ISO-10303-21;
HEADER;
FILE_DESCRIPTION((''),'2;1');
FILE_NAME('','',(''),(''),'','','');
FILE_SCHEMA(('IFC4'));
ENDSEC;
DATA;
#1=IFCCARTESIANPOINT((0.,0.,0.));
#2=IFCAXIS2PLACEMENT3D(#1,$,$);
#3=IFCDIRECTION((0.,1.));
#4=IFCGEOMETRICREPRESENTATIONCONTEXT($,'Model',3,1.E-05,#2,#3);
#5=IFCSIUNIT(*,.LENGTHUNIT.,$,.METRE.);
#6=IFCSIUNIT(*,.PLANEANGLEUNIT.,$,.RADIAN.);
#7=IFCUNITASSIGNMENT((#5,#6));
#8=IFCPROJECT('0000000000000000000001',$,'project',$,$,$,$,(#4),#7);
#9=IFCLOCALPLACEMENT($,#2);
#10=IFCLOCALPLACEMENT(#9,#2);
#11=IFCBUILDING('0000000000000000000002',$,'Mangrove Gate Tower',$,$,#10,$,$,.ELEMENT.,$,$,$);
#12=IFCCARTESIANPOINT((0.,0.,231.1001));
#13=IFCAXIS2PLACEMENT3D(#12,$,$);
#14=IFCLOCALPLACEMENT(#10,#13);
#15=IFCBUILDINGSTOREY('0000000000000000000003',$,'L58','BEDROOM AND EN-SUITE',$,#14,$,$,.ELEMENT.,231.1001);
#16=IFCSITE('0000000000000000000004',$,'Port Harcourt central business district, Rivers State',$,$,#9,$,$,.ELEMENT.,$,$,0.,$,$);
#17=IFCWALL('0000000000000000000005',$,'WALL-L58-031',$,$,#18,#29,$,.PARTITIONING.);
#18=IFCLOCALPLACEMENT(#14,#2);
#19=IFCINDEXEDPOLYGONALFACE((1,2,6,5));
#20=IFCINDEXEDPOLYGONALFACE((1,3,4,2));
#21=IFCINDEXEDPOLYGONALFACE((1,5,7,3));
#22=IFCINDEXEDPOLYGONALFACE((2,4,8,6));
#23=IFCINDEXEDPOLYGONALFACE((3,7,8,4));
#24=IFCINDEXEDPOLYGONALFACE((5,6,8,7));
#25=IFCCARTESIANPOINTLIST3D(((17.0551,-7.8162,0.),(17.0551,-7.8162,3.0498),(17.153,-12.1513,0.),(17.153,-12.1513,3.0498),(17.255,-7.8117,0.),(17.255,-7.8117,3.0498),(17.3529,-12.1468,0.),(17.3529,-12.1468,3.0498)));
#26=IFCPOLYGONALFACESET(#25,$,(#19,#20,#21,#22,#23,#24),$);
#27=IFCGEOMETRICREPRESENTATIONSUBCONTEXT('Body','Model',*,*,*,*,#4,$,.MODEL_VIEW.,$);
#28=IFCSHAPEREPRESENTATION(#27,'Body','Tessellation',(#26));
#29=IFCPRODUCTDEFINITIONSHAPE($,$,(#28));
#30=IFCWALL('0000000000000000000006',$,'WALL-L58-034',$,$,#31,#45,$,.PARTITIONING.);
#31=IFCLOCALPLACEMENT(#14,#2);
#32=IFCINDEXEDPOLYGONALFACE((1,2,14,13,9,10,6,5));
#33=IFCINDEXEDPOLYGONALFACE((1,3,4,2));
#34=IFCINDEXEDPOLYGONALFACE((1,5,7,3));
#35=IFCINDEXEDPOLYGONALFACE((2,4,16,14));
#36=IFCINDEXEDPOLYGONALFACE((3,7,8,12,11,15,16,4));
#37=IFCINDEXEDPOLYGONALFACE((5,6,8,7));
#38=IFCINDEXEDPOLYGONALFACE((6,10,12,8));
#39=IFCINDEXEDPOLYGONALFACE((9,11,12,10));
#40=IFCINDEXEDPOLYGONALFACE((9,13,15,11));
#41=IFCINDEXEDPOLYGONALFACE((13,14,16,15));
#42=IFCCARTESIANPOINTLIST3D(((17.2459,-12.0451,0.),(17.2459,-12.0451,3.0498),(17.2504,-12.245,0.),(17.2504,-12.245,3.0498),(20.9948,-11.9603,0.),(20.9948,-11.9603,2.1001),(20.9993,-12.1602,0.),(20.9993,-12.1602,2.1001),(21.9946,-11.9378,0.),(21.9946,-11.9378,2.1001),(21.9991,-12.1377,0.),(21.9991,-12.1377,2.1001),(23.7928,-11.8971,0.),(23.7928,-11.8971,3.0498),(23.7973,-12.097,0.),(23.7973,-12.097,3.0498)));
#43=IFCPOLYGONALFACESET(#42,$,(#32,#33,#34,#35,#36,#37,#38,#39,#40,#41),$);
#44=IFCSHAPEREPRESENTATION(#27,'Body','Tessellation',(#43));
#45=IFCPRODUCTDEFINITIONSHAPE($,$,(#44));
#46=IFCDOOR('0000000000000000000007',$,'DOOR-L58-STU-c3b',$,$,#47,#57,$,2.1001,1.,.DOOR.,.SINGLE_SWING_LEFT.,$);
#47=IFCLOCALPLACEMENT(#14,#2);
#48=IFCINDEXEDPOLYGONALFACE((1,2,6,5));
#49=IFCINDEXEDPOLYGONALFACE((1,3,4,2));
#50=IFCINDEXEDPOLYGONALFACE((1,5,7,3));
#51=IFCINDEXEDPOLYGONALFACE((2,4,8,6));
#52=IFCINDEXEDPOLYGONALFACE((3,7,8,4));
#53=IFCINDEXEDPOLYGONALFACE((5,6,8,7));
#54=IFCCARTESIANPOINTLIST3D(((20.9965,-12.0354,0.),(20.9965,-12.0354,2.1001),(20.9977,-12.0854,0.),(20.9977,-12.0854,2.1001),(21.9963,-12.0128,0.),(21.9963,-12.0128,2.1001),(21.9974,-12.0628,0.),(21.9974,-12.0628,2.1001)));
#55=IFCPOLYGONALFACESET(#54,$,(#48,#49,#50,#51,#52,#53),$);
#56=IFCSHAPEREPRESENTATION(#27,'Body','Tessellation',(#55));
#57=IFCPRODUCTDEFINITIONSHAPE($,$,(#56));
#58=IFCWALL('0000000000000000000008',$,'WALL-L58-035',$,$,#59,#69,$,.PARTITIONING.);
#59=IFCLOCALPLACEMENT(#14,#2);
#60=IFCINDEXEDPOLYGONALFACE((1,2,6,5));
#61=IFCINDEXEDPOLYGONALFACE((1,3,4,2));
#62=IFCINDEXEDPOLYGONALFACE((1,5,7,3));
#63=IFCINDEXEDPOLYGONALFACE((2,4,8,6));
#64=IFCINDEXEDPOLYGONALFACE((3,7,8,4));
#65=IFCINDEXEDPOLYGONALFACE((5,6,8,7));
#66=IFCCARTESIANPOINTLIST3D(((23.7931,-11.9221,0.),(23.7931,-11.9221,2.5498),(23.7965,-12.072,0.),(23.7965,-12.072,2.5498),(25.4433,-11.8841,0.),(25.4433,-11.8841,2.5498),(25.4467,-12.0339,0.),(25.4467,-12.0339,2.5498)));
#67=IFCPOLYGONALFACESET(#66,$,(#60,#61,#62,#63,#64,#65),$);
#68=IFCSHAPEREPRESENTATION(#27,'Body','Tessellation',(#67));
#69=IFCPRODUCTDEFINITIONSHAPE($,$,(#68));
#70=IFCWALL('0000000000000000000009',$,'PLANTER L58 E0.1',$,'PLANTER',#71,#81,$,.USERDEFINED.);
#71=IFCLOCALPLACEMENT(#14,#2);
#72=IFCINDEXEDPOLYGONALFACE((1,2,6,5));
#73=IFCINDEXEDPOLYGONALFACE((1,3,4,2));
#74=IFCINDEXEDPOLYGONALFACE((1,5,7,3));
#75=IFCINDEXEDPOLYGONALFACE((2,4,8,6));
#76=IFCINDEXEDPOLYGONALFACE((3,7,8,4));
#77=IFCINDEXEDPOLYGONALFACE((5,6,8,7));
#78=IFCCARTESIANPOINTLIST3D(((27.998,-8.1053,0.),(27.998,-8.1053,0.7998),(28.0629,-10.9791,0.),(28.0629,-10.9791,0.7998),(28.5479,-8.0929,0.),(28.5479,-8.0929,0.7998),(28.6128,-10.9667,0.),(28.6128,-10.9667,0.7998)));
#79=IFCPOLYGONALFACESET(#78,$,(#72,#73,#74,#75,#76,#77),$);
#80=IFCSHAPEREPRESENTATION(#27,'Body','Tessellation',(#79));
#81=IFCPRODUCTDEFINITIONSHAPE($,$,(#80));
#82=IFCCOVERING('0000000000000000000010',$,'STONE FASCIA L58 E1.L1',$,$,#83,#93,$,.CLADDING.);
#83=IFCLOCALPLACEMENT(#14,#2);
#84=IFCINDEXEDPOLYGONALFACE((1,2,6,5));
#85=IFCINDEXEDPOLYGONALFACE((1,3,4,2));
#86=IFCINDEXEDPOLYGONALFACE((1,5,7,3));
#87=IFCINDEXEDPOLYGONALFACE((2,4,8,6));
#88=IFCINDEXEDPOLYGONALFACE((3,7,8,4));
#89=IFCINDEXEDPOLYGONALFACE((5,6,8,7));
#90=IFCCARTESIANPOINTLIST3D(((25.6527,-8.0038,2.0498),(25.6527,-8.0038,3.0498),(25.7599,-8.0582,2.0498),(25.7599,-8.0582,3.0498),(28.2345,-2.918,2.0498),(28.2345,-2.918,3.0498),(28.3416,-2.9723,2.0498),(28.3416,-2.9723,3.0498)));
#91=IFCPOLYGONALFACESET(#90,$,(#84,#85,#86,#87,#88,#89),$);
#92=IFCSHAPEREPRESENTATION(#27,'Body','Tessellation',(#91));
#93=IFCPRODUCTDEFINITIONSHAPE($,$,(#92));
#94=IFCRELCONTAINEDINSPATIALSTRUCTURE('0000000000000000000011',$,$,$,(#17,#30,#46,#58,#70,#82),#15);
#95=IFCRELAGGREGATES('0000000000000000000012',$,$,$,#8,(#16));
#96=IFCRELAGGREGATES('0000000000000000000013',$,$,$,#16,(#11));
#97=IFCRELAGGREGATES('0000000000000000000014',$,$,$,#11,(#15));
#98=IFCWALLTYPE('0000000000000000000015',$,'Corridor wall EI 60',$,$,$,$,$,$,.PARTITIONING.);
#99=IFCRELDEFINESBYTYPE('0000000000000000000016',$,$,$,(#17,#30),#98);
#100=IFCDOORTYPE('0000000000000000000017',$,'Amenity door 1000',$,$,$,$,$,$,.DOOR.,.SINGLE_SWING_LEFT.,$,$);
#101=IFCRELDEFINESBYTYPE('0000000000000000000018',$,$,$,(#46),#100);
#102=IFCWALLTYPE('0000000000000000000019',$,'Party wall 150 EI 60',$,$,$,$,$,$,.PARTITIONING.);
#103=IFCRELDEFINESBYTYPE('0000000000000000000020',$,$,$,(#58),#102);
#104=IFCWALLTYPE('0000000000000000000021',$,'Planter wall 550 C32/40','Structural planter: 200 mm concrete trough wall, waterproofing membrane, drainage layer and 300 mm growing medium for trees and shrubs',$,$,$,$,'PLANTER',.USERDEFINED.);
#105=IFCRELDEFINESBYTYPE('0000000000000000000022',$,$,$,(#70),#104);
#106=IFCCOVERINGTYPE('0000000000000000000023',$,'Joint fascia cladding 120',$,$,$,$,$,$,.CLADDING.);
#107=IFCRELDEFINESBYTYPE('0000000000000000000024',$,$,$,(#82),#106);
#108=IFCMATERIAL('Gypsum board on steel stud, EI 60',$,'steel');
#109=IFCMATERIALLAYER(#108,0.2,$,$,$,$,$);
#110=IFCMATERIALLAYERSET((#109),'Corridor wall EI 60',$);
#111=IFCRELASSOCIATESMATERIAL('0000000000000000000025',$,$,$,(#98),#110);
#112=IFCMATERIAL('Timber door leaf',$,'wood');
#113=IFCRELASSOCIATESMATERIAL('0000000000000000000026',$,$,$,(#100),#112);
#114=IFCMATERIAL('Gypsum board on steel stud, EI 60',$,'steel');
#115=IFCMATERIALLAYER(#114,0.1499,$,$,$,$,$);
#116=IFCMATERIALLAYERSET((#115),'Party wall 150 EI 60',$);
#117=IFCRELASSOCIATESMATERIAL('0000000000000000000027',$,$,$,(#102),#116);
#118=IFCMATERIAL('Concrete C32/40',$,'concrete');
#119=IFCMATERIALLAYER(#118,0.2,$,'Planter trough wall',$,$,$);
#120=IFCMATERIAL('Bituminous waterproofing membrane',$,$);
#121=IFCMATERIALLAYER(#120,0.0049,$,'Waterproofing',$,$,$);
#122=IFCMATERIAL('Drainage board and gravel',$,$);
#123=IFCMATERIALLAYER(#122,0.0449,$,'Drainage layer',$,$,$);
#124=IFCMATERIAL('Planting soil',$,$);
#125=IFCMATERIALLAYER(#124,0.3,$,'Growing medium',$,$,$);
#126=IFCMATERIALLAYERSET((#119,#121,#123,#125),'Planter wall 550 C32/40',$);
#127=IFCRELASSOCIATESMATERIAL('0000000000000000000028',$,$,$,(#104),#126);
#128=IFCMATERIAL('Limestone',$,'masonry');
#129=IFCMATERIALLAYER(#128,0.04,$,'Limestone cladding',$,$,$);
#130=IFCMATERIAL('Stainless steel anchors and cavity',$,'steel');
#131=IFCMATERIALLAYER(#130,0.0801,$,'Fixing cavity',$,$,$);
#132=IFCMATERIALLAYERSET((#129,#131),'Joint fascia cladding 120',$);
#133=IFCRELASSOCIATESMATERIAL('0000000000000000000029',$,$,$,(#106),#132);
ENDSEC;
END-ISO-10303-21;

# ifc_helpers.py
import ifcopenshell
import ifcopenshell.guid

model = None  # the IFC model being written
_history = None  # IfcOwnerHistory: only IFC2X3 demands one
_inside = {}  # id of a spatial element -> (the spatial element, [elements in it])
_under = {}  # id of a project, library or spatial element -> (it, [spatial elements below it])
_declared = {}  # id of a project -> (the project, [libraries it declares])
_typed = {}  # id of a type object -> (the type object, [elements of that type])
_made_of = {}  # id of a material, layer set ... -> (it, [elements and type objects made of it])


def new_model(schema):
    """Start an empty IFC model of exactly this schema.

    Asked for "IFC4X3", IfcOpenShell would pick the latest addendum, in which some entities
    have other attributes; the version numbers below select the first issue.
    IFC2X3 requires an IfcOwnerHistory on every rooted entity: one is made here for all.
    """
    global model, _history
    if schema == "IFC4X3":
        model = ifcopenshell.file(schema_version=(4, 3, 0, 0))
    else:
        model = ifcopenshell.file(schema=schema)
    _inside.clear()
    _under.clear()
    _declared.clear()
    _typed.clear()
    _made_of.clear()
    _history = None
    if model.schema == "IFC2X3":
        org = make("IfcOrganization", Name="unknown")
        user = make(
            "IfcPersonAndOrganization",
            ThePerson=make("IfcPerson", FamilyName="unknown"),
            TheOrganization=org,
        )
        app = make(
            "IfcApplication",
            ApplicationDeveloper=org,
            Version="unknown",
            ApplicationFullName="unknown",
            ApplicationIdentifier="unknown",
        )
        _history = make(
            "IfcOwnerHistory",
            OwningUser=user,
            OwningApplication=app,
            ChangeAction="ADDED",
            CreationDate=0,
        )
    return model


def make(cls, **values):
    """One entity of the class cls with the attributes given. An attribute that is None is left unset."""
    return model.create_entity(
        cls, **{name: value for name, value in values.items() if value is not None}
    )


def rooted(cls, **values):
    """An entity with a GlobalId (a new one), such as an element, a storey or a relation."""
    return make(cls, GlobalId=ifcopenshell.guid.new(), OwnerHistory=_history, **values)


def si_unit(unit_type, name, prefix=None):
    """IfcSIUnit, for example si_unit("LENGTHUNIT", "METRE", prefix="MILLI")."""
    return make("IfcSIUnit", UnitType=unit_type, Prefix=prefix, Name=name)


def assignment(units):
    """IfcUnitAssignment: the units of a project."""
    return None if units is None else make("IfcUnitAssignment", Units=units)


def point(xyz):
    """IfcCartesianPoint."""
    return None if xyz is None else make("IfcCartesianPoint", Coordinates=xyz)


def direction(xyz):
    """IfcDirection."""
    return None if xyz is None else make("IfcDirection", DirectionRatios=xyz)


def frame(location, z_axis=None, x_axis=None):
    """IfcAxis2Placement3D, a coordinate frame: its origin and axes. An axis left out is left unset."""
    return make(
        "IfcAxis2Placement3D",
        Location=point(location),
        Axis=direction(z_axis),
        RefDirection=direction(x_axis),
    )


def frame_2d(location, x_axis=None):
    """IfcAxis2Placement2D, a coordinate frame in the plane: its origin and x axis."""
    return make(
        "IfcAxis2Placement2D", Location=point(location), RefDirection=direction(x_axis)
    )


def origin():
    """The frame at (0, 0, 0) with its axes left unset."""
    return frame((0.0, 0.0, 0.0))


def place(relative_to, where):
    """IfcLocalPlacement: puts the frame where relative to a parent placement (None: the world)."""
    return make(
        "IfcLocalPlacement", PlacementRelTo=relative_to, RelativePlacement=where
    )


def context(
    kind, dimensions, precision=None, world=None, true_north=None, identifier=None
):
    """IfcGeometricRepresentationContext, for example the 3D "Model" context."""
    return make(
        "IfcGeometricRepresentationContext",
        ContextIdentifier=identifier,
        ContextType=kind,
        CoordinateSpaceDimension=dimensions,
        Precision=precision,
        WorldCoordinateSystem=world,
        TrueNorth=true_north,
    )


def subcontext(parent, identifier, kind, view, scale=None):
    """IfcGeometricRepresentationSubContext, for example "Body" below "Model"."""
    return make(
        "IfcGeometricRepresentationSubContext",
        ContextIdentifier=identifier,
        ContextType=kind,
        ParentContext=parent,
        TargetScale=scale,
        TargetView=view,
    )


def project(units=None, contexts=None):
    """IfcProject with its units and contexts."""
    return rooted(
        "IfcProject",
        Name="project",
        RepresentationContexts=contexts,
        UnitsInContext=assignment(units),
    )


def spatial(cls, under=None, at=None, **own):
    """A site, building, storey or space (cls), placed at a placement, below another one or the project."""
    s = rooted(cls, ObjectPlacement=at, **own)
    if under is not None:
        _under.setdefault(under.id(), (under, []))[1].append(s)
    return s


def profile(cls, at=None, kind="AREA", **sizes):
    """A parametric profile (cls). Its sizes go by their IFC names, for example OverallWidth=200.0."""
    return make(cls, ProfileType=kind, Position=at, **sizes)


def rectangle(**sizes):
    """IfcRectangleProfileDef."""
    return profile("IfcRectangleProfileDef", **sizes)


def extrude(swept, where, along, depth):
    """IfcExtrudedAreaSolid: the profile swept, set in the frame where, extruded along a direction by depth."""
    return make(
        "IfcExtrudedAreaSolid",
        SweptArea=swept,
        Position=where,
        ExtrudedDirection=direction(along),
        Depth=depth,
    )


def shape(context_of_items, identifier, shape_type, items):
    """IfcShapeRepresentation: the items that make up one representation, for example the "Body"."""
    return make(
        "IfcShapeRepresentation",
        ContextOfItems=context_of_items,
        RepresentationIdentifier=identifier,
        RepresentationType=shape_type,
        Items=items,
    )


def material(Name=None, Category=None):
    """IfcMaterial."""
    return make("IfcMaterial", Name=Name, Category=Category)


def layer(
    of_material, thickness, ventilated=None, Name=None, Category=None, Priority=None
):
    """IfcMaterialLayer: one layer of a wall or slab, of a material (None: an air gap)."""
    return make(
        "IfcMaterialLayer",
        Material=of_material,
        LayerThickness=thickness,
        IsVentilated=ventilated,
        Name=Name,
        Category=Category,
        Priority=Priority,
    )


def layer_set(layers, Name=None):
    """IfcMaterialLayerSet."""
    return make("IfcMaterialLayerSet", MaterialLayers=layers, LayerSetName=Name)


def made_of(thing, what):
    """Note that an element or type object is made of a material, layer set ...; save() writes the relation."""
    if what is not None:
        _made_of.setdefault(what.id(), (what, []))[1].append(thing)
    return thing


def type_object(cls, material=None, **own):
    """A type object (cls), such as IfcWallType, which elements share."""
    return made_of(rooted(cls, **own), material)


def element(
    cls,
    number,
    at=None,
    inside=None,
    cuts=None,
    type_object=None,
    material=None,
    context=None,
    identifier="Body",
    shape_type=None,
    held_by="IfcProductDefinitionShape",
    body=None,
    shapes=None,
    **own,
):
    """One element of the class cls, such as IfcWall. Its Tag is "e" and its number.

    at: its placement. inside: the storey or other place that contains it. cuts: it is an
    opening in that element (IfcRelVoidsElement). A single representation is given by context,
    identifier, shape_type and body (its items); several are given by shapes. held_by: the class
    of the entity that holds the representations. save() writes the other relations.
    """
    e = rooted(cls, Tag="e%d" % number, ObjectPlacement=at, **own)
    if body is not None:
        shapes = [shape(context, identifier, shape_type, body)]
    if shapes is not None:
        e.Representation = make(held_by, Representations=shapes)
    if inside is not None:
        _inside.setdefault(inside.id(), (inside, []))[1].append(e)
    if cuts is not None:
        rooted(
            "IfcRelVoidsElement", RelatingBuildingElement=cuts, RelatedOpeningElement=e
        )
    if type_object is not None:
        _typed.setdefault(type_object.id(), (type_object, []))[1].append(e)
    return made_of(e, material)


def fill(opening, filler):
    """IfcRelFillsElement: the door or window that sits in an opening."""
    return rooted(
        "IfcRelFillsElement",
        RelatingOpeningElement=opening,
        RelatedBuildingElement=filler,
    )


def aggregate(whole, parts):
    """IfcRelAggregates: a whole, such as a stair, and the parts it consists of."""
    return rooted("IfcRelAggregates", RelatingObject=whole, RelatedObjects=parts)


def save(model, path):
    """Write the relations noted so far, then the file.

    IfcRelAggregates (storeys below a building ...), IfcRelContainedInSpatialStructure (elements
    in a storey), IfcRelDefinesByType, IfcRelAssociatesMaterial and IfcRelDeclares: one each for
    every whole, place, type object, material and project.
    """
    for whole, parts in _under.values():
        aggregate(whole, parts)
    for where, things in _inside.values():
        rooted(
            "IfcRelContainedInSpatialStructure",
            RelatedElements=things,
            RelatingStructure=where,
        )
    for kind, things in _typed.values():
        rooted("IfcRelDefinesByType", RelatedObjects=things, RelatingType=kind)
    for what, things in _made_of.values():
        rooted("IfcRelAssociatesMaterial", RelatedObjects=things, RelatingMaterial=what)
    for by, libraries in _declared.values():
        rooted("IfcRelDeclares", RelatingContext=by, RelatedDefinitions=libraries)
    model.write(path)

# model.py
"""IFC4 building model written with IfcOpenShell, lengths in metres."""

from ifc_helpers import new_model, si_unit, direction, frame, frame_2d, origin, place, context, subcontext, project, spatial, rectangle, extrude, material, layer, layer_set, type_object, element, fill, save


model = new_model("IFC4")

# Units and contexts
model_context = context("Model", 3, precision=1e-05, world=origin(), true_north=direction((0.0, 1.0)))
body_context = subcontext(model_context, "Body", "Model", "MODEL_VIEW")
ifc_project = project(units=[si_unit("LENGTHUNIT", "METRE"), si_unit("PLANEANGLEUNIT", "RADIAN")], contexts=[model_context])

# Site, building, storey
site_placement = place(None, origin())
site = spatial("IfcSite", under=ifc_project, at=site_placement, Name="Port Harcourt central business district, Rivers State", CompositionType="ELEMENT", RefElevation=0.0)
building_placement = place(site_placement, origin())
building = spatial("IfcBuilding", under=site, at=building_placement, Name="Mangrove Gate Tower", CompositionType="ELEMENT")
storey_placement = place(building_placement, frame((0.0, 0.0, 231.1001)))
storey = spatial("IfcBuildingStorey", under=building, at=storey_placement, Name="L58", Description="BEDROOM AND EN-SUITE", CompositionType="ELEMENT", Elevation=231.1001)

# Wall
ifc_material_1 = material(Name="Gypsum board on steel stud, EI 60", Category="steel")
ifc_layer_1 = layer(ifc_material_1, 0.2)
ifc_layer_set_1 = layer_set([ifc_layer_1], Name="Corridor wall EI 60")
wall_type_1 = type_object("IfcWallType", Name="Corridor wall EI 60", PredefinedType="PARTITIONING", material=ifc_layer_set_1)
wall_1_placement = place(storey_placement, frame((17.2529, -12.1489, 0.0), z_axis=(0.0, 0.0, 1.0), x_axis=(-0.022578, 0.999745, 0.0)))
element("IfcWall", 1, at=wall_1_placement, inside=storey, type_object=wall_type_1, Name="WALL-L58-031", PredefinedType="PARTITIONING", context=body_context, shape_type="SweptSolid", body=[
    extrude(rectangle(XDim=4.3362, YDim=0.2, at=frame_2d((2.168, 0.0))), origin(), (0.0, 0.0, 1.0), 3.0498),
])

# Wall, opening, door
wall_2_placement = place(storey_placement, frame((17.248, -12.145, 0.0), z_axis=(0.0, 0.0, 1.0), x_axis=(0.999745, 0.022593, 0.0)))
wall_2 = element("IfcWall", 2, at=wall_2_placement, inside=storey, type_object=wall_type_1, Name="WALL-L58-034", PredefinedType="PARTITIONING", context=body_context, shape_type="SweptSolid", body=[
    extrude(rectangle(XDim=6.5486, YDim=0.2, at=frame_2d((3.2744, 0.0))), origin(), (0.0, 0.0, 1.0), 3.0498),
])
opening_1_placement = place(wall_2_placement, frame((3.75, 0.0, 0.0)))
opening_1 = element("IfcOpeningElement", 3, at=opening_1_placement, cuts=wall_2, PredefinedType="OPENING", context=body_context, shape_type="SweptSolid", body=[
    extrude(rectangle(XDim=1.0, YDim=2.1001, at=frame_2d((0.5, 1.05))), frame((0.0, 0.1099, 0.0), z_axis=(0.0, -1.0, 0.0), x_axis=(1.0, 0.0, 0.0)), (0.0, 0.0, 1.0), 0.22),
])
ifc_material_2 = material(Name="Timber door leaf", Category="wood")
door_type_1 = type_object("IfcDoorType", Name="Amenity door 1000", OperationType="SINGLE_SWING_LEFT", PredefinedType="DOOR", material=ifc_material_2)
door_1_placement = place(opening_1_placement, origin())
door_1 = element("IfcDoor", 4, at=door_1_placement, inside=storey, type_object=door_type_1, Name="DOOR-L58-STU-c3b", OperationType="SINGLE_SWING_LEFT", OverallHeight=2.1001, OverallWidth=1.0, PredefinedType="DOOR", context=body_context, shape_type="SweptSolid", body=[
    extrude(rectangle(XDim=1.0, YDim=2.1001, at=frame_2d((0.5, 1.05))), frame((0.0, 0.0249, 0.0), z_axis=(0.0, -1.0, 0.0), x_axis=(1.0, 0.0, 0.0)), (0.0, 0.0, 1.0), 0.05),
])
fill(opening_1, door_1)

# Walls
ifc_material_3 = material(Name="Gypsum board on steel stud, EI 60", Category="steel")
ifc_layer_2 = layer(ifc_material_3, 0.1499)
ifc_layer_set_2 = layer_set([ifc_layer_2], Name="Party wall 150 EI 60")
wall_type_2 = type_object("IfcWallType", Name="Party wall 150 EI 60", PredefinedType="PARTITIONING", material=ifc_layer_set_2)
wall_3_placement = place(storey_placement, frame((23.7949, -11.9971, 0.0), z_axis=(0.0, 0.0, 1.0), x_axis=(0.999734, 0.023074, 0.0)))
element("IfcWall", 5, at=wall_3_placement, inside=storey, type_object=wall_type_2, Name="WALL-L58-035", PredefinedType="PARTITIONING", context=body_context, shape_type="SweptSolid", body=[
    extrude(rectangle(XDim=1.6506, YDim=0.1499, at=frame_2d((0.8252, 0.0))), origin(), (0.0, 0.0, 1.0), 2.5498),
])
ifc_material_4 = material(Name="Concrete C32/40", Category="concrete")
ifc_layer_3 = layer(ifc_material_4, 0.2, Name="Planter trough wall")
ifc_material_5 = material(Name="Bituminous waterproofing membrane")
ifc_layer_4 = layer(ifc_material_5, 0.0049, Name="Waterproofing")
ifc_material_6 = material(Name="Drainage board and gravel")
ifc_layer_5 = layer(ifc_material_6, 0.0449, Name="Drainage layer")
ifc_material_7 = material(Name="Planting soil")
ifc_layer_6 = layer(ifc_material_7, 0.3, Name="Growing medium")
ifc_layer_set_3 = layer_set([ifc_layer_3, ifc_layer_4, ifc_layer_5, ifc_layer_6], Name="Planter wall 550 C32/40")
wall_type_3 = type_object("IfcWallType", Name="Planter wall 550 C32/40", Description="Structural planter: 200 mm concrete trough wall, waterproofing membrane, drainage layer and 300 mm growing medium for trees and shrubs", ElementType="PLANTER", PredefinedType="USERDEFINED", material=ifc_layer_set_3)
wall_4_placement = place(storey_placement, frame((28.3379, -10.9729, 0.0), z_axis=(0.0, 0.0, 1.0), x_axis=(-0.022592, 0.999745, 0.0)))
element("IfcWall", 6, at=wall_4_placement, inside=storey, type_object=wall_type_3, Name="PLANTER L58 E0.1", ObjectType="PLANTER", PredefinedType="USERDEFINED", context=body_context, shape_type="SweptSolid", body=[
    extrude(rectangle(XDim=2.8745, YDim=0.55, at=frame_2d((1.4373, 0.0))), origin(), (0.0, 0.0, 1.0), 0.7998),
])

# Covering
ifc_material_8 = material(Name="Limestone", Category="masonry")
ifc_layer_7 = layer(ifc_material_8, 0.04, Name="Limestone cladding")
ifc_material_9 = material(Name="Stainless steel anchors and cavity", Category="steel")
ifc_layer_8 = layer(ifc_material_9, 0.0801, Name="Fixing cavity")
ifc_layer_set_4 = layer_set([ifc_layer_7, ifc_layer_8], Name="Joint fascia cladding 120")
covering_type = type_object("IfcCoveringType", Name="Joint fascia cladding 120", PredefinedType="CLADDING", material=ifc_layer_set_4)
covering_placement = place(storey_placement, frame((25.7063, -8.031, 2.0498), z_axis=(0.0, 0.0, 1.0), x_axis=(0.45265, 0.891688, 0.0)))
element("IfcCovering", 7, at=covering_placement, inside=storey, type_object=covering_type, Name="STONE FASCIA L58 E1.L1", PredefinedType="CLADDING", context=body_context, shape_type="SweptSolid", body=[
    extrude(rectangle(XDim=5.7036, YDim=0.1201, at=frame_2d((2.8518, 0.0))), origin(), (0.0, 0.0, 1.0), 1.0),
])

save(model, "model.ifc")
